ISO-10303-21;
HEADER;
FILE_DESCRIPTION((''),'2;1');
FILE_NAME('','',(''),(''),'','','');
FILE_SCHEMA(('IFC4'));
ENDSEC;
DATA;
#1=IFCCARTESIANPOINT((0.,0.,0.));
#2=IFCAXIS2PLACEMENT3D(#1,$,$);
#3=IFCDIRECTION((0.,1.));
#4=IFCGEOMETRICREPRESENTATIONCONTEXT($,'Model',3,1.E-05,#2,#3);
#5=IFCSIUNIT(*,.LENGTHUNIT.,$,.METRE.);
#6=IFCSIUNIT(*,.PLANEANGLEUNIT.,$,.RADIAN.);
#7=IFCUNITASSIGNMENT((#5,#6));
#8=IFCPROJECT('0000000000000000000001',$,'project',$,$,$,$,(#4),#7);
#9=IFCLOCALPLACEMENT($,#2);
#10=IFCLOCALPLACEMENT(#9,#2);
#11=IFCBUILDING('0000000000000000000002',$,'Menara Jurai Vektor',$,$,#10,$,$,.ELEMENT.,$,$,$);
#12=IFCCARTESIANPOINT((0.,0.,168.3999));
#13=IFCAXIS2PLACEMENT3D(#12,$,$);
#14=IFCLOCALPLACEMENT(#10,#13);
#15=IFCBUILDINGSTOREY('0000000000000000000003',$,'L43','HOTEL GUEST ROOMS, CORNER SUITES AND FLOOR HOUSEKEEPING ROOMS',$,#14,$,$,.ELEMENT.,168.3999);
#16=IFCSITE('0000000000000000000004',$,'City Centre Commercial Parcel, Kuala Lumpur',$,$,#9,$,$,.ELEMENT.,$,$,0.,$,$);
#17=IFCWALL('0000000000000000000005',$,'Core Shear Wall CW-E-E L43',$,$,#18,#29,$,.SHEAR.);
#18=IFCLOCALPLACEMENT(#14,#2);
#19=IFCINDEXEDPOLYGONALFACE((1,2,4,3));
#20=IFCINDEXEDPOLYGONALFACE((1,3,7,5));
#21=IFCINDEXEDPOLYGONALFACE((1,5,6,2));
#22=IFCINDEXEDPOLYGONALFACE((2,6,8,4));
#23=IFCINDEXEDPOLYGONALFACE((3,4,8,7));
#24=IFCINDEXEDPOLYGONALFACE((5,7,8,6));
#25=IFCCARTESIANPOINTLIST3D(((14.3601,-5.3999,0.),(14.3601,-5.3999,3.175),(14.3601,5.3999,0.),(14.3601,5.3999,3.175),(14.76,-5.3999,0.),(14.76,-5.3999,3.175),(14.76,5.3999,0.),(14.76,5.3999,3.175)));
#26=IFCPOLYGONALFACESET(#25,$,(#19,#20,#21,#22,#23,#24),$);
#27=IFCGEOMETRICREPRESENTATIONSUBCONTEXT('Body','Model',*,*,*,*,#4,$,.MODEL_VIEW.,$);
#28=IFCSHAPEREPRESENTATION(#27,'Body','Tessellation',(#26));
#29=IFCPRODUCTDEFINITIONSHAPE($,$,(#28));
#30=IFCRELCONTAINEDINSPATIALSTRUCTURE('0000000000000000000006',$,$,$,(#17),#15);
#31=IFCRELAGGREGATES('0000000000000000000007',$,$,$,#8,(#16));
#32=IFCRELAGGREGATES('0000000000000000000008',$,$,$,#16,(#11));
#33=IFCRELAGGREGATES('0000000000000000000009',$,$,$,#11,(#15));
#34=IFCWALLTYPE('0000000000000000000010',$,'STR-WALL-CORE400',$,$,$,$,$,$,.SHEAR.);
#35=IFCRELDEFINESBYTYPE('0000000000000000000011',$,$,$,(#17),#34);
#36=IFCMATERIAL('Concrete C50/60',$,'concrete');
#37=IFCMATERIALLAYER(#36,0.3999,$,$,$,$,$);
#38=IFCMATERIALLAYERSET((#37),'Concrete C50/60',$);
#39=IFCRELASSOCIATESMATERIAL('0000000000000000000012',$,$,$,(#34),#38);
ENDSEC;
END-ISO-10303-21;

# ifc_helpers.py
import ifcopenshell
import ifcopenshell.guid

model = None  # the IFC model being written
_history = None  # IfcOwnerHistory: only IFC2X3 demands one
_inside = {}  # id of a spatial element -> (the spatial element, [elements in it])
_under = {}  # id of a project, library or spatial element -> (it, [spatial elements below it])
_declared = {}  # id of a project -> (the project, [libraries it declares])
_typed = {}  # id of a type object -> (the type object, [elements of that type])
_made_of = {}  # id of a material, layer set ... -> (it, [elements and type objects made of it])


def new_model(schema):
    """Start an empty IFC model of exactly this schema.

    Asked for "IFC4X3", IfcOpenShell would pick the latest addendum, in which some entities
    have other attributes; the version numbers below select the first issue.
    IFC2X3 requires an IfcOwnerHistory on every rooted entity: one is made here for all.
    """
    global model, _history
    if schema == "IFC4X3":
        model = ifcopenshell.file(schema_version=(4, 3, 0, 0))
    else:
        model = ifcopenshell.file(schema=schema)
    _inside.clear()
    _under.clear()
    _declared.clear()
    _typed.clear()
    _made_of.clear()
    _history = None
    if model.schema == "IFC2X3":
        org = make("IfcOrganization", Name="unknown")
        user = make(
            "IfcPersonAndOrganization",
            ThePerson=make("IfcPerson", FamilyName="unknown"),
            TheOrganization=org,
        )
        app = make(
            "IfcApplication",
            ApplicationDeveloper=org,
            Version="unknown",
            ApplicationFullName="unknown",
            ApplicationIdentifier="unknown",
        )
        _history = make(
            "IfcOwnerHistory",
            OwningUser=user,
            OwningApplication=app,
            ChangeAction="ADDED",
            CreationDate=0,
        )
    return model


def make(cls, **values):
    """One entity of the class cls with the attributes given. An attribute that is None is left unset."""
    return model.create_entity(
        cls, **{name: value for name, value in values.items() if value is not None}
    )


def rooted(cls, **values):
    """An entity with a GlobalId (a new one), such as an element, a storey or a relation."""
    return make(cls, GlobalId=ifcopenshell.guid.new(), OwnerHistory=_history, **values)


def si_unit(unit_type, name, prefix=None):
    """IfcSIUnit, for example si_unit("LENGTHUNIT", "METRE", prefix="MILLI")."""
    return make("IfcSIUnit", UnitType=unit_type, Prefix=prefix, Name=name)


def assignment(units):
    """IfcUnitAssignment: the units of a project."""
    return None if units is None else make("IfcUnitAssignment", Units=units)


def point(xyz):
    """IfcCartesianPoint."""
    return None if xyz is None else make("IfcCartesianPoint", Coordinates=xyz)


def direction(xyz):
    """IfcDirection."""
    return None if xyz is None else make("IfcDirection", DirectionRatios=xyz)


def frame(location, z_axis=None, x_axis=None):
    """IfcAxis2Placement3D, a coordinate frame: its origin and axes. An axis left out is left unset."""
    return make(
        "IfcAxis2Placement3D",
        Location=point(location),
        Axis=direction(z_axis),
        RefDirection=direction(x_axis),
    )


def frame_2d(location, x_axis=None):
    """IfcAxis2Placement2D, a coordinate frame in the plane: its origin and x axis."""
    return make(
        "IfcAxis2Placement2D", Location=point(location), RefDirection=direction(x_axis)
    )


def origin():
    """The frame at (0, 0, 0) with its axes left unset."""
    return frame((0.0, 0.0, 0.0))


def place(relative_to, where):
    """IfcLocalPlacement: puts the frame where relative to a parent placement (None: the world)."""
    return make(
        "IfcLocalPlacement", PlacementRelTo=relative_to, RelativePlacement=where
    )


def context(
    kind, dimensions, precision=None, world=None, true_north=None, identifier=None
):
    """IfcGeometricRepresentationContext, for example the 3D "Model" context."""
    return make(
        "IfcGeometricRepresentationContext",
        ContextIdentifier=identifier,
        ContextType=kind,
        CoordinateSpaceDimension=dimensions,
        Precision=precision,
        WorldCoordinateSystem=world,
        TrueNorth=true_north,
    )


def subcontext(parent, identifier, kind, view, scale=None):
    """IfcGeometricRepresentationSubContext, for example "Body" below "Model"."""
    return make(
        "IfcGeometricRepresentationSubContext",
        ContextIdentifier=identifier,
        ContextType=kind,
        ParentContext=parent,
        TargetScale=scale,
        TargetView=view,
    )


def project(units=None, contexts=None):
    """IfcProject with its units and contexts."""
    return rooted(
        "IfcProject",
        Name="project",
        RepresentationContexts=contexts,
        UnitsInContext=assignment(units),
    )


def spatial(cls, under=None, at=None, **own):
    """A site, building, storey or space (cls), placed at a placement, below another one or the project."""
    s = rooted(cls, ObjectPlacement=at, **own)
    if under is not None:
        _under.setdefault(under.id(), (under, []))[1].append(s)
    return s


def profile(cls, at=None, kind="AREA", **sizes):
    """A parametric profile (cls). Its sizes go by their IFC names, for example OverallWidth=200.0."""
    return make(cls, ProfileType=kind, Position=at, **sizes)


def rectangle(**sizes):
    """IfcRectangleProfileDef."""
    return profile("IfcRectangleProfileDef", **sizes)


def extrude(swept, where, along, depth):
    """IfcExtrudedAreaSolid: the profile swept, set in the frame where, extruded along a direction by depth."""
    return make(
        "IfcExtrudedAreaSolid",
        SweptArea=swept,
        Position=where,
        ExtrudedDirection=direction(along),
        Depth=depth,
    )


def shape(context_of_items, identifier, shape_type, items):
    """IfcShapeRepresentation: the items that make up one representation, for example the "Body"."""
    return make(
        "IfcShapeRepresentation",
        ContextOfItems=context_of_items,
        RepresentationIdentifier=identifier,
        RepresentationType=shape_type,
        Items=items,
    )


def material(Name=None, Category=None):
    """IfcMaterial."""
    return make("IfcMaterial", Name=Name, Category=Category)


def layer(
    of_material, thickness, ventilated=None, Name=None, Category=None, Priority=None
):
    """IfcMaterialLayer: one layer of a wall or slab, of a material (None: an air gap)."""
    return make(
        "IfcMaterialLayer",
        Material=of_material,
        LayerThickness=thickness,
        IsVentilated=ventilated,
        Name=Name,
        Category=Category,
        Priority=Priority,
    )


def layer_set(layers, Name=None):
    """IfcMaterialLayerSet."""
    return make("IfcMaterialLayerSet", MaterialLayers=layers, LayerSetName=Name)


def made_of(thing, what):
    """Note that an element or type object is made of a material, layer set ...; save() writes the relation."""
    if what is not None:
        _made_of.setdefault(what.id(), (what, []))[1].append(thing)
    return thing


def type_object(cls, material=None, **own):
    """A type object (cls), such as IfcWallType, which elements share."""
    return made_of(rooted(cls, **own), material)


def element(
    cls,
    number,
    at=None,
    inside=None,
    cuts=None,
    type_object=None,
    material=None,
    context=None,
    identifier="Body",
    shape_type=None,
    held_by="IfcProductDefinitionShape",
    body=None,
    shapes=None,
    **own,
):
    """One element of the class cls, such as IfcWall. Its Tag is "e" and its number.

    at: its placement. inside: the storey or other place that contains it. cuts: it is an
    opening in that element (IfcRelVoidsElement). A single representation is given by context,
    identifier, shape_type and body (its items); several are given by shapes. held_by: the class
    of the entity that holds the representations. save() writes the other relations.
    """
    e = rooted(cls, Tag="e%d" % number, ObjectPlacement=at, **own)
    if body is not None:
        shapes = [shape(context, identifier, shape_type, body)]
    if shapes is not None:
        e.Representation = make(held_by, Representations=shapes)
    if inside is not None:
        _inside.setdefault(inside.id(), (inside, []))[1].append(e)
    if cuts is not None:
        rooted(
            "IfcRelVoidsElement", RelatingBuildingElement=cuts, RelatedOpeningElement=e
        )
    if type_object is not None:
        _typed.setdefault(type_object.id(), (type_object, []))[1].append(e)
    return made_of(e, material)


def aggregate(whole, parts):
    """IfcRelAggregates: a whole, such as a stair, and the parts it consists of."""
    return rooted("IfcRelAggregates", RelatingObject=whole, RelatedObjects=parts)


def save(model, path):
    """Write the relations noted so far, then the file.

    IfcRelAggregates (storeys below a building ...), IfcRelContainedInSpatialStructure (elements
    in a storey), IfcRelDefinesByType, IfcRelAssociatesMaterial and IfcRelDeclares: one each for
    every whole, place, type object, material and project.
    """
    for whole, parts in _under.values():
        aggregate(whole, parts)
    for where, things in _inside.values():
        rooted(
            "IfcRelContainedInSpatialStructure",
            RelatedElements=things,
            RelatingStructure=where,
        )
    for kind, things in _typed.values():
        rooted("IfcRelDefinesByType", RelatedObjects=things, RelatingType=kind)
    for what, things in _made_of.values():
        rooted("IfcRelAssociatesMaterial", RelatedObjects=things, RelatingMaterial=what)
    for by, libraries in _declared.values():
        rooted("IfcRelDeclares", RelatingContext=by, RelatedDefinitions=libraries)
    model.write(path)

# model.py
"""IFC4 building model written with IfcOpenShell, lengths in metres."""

from ifc_helpers import new_model, si_unit, direction, frame, frame_2d, origin, place, context, subcontext, project, spatial, rectangle, extrude, material, layer, layer_set, type_object, element, save


model = new_model("IFC4")

# Units and contexts
model_context = context("Model", 3, precision=1e-05, world=origin(), true_north=direction((0.0, 1.0)))
body_context = subcontext(model_context, "Body", "Model", "MODEL_VIEW")
ifc_project = project(units=[si_unit("LENGTHUNIT", "METRE"), si_unit("PLANEANGLEUNIT", "RADIAN")], contexts=[model_context])

# Site, building, storey
site_placement = place(None, origin())
site = spatial("IfcSite", under=ifc_project, at=site_placement, Name="City Centre Commercial Parcel, Kuala Lumpur", CompositionType="ELEMENT", RefElevation=0.0)
building_placement = place(site_placement, origin())
building = spatial("IfcBuilding", under=site, at=building_placement, Name="Menara Jurai Vektor", CompositionType="ELEMENT")
storey_placement = place(building_placement, frame((0.0, 0.0, 168.3999)))
storey = spatial("IfcBuildingStorey", under=building, at=storey_placement, Name="L43", Description="HOTEL GUEST ROOMS, CORNER SUITES AND FLOOR HOUSEKEEPING ROOMS", CompositionType="ELEMENT", Elevation=168.3999)

# Shared definitions
ifc_material_1 = material(Name="Concrete C50/60", Category="concrete")

# Wall
ifc_layer_1 = layer(ifc_material_1, 0.3999)
ifc_layer_set_1 = layer_set([ifc_layer_1], Name="Concrete C50/60")
wall_type_1 = type_object("IfcWallType", Name="STR-WALL-CORE400", PredefinedType="SHEAR", material=ifc_layer_set_1)
wall_1_placement = place(storey_placement, frame((14.5601, -5.3999, 0.0), z_axis=(0.0, 0.0, 1.0), x_axis=(0.0, 1.0, 0.0)))
element("IfcWall", 1, at=wall_1_placement, inside=storey, type_object=wall_type_1, Name="Core Shear Wall CW-E-E L43", PredefinedType="SHEAR", context=body_context, shape_type="SweptSolid", body=[
    extrude(rectangle(XDim=10.7998, YDim=0.3999, at=frame_2d((5.3999, 0.0))), origin(), (0.0, 0.0, 1.0), 3.175),
])

save(model, "model.ifc")
